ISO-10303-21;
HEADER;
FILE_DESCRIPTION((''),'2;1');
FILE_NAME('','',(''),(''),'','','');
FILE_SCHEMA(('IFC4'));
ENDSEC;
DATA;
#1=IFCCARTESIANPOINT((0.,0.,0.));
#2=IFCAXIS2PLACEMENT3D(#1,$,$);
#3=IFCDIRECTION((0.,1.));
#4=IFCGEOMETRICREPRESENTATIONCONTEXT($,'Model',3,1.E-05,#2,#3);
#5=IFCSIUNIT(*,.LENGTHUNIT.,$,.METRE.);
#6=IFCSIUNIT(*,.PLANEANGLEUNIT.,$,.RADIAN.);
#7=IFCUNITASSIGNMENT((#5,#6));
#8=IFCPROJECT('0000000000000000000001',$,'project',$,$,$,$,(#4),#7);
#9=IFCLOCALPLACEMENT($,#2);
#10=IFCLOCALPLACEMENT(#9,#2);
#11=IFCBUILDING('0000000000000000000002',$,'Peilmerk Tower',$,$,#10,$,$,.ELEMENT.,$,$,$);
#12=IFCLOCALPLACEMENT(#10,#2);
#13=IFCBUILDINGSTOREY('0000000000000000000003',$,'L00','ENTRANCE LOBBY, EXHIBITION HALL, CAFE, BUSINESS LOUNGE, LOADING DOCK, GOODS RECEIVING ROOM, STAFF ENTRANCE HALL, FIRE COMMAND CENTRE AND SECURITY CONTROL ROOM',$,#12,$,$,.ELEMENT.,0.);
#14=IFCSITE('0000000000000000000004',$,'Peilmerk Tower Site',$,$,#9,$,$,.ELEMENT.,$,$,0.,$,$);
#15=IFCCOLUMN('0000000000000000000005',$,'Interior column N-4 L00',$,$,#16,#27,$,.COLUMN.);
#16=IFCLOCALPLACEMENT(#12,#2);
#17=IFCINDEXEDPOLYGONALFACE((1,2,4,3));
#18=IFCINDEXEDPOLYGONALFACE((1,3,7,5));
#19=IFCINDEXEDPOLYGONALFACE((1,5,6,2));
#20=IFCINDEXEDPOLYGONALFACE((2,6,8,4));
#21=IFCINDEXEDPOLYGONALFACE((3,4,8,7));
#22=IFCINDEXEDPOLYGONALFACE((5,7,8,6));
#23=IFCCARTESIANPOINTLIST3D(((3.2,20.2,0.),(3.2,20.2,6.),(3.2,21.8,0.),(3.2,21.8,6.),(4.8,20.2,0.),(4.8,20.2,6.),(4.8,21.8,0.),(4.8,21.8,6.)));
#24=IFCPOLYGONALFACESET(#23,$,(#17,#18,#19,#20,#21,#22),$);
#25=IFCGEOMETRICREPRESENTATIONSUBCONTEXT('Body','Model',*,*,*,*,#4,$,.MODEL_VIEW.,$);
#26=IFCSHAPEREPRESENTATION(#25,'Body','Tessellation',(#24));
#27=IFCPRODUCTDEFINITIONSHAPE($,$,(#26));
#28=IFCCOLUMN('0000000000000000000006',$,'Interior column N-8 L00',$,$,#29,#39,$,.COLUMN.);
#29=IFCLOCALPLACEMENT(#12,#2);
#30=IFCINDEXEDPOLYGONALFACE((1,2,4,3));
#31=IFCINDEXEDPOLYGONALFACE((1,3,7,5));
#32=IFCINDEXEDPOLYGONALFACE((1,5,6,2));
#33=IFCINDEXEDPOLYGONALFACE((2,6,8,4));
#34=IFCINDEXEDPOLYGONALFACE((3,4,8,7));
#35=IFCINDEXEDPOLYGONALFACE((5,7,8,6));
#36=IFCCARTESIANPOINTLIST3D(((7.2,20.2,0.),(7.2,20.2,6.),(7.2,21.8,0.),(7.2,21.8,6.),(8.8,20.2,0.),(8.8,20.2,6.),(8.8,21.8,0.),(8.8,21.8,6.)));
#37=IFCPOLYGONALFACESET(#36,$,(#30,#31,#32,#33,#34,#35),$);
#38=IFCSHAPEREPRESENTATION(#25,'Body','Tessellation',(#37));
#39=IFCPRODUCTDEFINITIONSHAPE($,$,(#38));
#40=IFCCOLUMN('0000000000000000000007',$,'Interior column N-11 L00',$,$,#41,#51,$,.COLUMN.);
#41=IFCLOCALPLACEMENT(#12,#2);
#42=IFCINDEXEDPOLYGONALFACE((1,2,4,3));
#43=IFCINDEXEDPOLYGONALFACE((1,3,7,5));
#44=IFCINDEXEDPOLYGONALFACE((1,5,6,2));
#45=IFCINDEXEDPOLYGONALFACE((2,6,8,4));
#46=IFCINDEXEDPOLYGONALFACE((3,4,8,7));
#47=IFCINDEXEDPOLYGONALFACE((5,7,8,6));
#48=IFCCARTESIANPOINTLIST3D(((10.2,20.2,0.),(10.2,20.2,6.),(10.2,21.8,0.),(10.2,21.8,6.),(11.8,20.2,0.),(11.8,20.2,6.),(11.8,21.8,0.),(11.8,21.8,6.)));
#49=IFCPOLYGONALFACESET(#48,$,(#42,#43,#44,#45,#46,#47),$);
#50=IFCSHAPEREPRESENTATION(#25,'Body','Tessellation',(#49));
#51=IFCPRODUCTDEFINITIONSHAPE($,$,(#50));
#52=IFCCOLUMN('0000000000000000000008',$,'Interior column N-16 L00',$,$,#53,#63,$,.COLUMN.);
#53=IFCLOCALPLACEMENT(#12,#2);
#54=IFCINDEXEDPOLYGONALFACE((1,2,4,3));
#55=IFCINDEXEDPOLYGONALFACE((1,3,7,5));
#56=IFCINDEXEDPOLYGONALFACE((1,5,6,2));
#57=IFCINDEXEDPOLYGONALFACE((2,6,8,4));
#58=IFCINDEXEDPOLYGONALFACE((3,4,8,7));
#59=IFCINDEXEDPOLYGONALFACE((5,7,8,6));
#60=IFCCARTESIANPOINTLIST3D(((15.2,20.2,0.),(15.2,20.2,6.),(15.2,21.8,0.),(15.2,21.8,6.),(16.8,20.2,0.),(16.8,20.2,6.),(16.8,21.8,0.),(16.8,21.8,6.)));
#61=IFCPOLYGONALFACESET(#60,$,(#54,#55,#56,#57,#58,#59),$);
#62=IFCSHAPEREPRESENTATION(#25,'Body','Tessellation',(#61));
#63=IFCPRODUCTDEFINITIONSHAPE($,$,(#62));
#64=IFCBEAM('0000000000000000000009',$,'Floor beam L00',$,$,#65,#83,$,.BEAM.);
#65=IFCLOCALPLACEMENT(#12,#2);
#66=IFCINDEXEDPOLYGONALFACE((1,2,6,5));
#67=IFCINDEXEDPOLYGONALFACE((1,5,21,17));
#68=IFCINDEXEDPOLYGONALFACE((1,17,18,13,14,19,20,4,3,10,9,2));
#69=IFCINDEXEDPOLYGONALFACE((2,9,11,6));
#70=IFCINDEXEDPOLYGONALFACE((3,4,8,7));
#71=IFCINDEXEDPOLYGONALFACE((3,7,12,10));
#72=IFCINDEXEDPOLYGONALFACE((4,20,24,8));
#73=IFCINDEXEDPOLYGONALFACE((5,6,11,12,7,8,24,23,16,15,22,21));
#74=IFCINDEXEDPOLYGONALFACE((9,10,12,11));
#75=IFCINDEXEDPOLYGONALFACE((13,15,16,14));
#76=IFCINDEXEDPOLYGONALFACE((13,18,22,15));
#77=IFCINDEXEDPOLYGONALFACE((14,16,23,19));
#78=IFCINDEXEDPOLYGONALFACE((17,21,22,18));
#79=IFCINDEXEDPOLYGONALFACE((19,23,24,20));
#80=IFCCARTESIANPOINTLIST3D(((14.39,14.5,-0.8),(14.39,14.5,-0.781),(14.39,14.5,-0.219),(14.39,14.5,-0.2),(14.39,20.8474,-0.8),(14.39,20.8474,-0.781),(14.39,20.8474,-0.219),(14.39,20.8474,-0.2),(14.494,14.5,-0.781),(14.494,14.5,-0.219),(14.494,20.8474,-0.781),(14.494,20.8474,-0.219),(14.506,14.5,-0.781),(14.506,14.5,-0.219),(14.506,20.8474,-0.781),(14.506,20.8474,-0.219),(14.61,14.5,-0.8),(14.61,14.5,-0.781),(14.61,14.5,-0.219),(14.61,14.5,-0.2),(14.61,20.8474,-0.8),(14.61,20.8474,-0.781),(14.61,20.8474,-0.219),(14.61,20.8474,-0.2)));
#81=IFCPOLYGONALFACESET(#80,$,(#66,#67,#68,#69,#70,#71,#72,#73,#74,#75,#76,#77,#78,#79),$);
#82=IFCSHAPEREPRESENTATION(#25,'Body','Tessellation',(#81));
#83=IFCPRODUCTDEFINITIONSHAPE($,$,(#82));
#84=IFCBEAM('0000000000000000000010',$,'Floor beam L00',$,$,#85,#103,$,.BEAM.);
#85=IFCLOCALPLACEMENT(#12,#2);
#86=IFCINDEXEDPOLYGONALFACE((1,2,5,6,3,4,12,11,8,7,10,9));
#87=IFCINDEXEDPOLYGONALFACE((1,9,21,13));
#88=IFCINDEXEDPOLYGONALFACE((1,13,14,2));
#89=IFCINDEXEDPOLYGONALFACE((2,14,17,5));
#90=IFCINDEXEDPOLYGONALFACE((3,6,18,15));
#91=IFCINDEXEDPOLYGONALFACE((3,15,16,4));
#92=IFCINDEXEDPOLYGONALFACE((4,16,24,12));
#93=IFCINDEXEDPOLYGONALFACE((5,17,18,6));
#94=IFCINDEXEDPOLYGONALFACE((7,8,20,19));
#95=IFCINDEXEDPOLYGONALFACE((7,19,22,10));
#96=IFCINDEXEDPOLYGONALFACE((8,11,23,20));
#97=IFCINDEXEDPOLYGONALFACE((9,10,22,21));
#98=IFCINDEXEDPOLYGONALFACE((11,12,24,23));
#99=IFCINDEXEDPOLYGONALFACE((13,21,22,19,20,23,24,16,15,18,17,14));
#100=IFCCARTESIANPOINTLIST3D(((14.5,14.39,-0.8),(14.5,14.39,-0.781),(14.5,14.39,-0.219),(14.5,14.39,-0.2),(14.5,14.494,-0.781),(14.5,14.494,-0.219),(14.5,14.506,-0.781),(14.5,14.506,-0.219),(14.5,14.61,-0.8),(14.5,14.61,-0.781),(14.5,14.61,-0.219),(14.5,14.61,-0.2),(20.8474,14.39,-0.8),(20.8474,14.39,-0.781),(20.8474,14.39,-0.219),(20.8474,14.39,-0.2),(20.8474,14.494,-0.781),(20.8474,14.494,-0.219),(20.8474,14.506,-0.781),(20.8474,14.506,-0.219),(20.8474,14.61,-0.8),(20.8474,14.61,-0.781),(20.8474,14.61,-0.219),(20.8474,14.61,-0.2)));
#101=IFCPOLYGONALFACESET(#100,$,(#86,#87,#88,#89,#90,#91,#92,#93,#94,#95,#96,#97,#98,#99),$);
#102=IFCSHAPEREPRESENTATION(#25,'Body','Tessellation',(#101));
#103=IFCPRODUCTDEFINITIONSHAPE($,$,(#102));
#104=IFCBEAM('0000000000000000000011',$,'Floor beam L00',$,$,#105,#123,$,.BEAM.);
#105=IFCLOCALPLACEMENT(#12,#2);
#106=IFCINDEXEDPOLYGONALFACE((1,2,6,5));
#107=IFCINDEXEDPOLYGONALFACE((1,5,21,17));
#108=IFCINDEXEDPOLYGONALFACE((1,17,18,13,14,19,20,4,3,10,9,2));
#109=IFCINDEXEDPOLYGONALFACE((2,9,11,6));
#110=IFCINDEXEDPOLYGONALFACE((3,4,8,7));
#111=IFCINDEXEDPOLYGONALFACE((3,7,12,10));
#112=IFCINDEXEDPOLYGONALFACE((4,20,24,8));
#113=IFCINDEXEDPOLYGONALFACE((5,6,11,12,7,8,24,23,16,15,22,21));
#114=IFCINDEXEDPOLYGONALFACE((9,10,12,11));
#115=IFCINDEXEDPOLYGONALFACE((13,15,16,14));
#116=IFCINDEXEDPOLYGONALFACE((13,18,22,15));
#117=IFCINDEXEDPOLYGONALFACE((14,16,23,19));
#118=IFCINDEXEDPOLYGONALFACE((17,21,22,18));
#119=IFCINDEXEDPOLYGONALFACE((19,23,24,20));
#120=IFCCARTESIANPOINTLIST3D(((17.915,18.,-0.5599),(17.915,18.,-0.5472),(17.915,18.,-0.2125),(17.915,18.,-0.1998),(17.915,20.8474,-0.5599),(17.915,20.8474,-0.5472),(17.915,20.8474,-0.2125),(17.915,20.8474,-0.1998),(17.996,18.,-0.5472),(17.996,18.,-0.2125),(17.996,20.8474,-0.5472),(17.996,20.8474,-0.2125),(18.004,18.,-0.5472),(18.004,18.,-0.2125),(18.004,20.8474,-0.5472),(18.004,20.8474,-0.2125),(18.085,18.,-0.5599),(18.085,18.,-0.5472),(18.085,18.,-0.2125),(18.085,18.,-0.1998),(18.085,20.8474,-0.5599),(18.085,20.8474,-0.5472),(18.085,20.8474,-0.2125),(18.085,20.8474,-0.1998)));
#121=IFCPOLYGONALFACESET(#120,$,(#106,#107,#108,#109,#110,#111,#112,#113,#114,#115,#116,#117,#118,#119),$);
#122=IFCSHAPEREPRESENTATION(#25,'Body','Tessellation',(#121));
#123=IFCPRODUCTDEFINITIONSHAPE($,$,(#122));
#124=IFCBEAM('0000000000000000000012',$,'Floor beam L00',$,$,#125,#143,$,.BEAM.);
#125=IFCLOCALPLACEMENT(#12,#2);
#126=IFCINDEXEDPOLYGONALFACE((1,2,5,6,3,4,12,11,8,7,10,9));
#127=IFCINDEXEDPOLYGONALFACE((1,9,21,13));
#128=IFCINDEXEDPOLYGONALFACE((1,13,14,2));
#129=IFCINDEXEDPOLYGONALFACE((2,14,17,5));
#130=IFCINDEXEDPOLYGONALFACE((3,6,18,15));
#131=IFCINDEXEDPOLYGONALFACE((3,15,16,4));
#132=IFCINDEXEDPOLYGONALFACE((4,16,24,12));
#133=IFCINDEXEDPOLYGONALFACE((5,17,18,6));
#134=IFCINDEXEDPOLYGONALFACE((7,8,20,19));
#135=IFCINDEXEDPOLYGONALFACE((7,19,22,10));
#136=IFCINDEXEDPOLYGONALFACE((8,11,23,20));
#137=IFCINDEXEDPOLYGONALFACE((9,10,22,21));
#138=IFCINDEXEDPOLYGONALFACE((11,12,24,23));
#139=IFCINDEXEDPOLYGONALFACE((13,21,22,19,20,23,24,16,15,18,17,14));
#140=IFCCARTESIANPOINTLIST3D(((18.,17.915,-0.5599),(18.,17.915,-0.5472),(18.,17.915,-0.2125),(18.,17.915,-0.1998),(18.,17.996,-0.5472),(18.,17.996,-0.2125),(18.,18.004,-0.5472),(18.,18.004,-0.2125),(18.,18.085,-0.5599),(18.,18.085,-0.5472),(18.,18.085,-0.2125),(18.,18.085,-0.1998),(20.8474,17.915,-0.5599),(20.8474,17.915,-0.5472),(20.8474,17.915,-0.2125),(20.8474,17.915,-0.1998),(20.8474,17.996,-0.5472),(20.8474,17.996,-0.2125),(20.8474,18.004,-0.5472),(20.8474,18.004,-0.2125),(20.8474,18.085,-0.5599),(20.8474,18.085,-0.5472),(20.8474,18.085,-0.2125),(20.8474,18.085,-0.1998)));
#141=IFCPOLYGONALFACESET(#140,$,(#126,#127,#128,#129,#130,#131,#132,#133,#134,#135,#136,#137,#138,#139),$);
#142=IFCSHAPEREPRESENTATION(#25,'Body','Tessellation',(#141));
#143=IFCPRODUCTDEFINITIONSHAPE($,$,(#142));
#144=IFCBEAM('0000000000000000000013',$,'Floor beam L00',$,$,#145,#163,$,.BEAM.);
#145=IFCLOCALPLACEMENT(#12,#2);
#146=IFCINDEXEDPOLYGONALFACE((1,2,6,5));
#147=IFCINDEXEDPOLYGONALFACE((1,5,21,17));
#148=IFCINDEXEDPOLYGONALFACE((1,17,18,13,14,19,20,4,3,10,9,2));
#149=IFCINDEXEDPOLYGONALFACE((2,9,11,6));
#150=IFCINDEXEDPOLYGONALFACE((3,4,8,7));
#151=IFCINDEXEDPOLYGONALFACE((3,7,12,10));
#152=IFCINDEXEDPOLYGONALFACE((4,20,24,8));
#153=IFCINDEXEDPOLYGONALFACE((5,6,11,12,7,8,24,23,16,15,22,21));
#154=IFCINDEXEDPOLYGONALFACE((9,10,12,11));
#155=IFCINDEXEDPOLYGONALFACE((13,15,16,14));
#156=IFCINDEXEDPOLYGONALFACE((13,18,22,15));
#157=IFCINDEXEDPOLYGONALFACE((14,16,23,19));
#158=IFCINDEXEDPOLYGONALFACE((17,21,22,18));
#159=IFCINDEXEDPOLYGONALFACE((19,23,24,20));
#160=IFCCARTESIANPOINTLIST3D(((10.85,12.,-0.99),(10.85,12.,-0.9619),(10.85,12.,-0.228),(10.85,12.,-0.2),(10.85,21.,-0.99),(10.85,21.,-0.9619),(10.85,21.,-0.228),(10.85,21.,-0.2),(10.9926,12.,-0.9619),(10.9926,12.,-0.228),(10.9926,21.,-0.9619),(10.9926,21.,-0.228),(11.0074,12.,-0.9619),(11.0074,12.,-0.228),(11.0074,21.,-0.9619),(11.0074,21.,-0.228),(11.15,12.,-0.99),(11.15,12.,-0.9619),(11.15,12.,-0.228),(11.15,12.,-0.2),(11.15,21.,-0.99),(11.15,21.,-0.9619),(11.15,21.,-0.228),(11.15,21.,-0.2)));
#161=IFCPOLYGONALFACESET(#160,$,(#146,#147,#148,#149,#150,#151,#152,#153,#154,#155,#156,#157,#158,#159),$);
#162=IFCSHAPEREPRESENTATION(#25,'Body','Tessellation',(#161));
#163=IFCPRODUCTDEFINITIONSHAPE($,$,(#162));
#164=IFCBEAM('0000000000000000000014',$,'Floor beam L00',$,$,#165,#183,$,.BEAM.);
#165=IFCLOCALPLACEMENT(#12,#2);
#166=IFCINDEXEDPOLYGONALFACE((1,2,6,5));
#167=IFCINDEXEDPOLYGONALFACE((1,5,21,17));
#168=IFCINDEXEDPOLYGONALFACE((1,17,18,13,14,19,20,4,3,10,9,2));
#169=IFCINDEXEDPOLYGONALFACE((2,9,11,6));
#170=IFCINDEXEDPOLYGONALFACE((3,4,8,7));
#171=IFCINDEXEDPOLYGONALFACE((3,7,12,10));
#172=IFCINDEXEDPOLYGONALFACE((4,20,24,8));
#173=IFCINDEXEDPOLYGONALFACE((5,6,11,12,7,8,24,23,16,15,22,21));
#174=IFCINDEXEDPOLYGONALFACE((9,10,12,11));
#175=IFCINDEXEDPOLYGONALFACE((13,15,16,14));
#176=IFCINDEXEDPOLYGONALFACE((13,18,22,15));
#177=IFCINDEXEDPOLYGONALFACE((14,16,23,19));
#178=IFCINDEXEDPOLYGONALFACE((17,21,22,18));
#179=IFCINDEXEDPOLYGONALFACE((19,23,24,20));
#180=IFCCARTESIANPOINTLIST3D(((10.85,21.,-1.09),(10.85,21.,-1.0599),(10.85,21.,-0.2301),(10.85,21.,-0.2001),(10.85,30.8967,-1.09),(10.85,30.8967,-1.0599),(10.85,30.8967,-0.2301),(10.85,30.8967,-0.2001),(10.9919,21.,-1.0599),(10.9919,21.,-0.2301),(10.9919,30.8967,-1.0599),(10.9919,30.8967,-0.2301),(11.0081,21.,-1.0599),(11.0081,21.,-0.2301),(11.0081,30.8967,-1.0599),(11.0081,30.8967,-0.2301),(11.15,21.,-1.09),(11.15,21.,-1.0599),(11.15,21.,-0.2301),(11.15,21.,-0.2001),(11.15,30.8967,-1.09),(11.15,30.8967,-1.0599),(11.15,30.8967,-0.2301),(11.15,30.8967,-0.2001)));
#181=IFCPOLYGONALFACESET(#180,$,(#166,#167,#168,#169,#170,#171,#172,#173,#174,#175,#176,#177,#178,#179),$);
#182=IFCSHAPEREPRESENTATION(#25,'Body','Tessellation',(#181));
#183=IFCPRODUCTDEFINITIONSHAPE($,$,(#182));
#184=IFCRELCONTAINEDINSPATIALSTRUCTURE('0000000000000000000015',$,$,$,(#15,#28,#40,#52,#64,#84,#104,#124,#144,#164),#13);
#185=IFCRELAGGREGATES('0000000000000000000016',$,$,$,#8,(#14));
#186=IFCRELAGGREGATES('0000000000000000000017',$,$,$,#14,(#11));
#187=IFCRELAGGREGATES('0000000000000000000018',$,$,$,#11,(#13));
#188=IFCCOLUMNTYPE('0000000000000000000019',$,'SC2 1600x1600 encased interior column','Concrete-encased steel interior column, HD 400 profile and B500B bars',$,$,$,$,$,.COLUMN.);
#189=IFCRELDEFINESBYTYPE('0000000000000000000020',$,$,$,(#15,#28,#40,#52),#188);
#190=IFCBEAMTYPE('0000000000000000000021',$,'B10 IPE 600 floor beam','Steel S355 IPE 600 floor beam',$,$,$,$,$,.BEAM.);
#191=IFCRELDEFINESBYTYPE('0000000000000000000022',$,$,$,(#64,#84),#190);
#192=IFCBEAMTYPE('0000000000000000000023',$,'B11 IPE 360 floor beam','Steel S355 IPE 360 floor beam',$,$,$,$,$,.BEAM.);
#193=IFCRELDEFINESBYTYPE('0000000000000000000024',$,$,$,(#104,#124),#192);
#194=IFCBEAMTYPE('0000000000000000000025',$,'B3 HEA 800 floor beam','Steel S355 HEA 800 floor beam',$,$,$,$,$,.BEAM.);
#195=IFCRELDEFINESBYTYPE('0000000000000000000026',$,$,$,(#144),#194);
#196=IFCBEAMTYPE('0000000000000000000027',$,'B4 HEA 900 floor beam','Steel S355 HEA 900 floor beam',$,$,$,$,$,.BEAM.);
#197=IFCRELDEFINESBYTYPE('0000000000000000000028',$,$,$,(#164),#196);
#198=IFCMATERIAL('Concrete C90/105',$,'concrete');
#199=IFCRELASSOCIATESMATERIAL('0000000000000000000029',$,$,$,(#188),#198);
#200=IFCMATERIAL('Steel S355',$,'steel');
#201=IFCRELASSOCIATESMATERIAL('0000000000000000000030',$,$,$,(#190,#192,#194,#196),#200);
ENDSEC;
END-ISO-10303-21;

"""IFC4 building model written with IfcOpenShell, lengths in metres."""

from ifc_helpers import new_model, si_unit, direction, frame, origin, origin_2d, place, context, subcontext, project, spatial, rectangle, i_section, extrude, material, material_profile, profile_set, type_object, element, save


model = new_model("IFC4")

# Units and contexts
model_context = context("Model", 3, precision=1e-05, world=origin(), true_north=direction((0.0, 1.0)))
body_context = subcontext(model_context, "Body", "Model", "MODEL_VIEW")
ifc_project = project(units=[si_unit("LENGTHUNIT", "METRE"), si_unit("PLANEANGLEUNIT", "RADIAN")], contexts=[model_context])

# Site, building, storey
site_placement = place(None, origin())
site = spatial("IfcSite", under=ifc_project, at=site_placement, Name="Peilmerk Tower Site", CompositionType="ELEMENT", RefElevation=0.0)
building_placement = place(site_placement, origin())
building = spatial("IfcBuilding", under=site, at=building_placement, Name="Peilmerk Tower", CompositionType="ELEMENT")
storey_placement = place(building_placement, origin())
storey = spatial("IfcBuildingStorey", under=building, at=storey_placement, Name="L00", Description="ENTRANCE LOBBY, EXHIBITION HALL, CAFE, BUSINESS LOUNGE, LOADING DOCK, GOODS RECEIVING ROOM, STAFF ENTRANCE HALL, FIRE COMMAND CENTRE AND SECURITY CONTROL ROOM", CompositionType="ELEMENT", Elevation=0.0)

# Columns
ifc_material_1 = material(Name="Concrete C90/105", Category="concrete")
ifc_material_profile_1 = material_profile(ifc_material_1, rectangle(XDim=1.6001, YDim=1.6001, at=origin_2d()), Name="RC 1600x1600")
ifc_profile_set_1 = profile_set([ifc_material_profile_1], Name="Concrete C90/105")
column_type = type_object("IfcColumnType", Name="SC2 1600x1600 encased interior column", Description="Concrete-encased steel interior column, HD 400 profile and B500B bars", PredefinedType="COLUMN", material=ifc_profile_set_1)
for number, where, z_axis, x_axis, name in (
    (1, (4.0, 21.0, 0.0), (0.0, 0.0, 1.0), (1.0, 0.0, 0.0), "Interior column N-4 L00"),
    (2, (8.0, 21.0, 0.0), (0.0, 0.0, 1.0), (1.0, 0.0, 0.0), "Interior column N-8 L00"),
    (3, (11.0, 21.0, 0.0), (0.0, 0.0, 1.0), (1.0, 0.0, 0.0), "Interior column N-11 L00"),
    (4, (16.0, 21.0, 0.0), (0.0, 0.0, 1.0), (1.0, 0.0, 0.0), "Interior column N-16 L00"),
):
    element("IfcColumn", number, at=place(storey_placement, frame(where, z_axis=z_axis, x_axis=x_axis)), inside=storey, type_object=column_type, Name=name, PredefinedType="COLUMN", context=body_context, shape_type="SweptSolid", body=[
        extrude(rectangle(XDim=1.6001, YDim=1.6001, at=origin_2d()), origin(), (0.0, 0.0, 1.0), 6.0),
    ])

# Beams
ifc_material_2 = material(Name="Steel S355", Category="steel")
ifc_material_profile_2 = material_profile(ifc_material_2, i_section(OverallWidth=0.22, OverallDepth=0.6001, WebThickness=0.012, FlangeThickness=0.019, at=origin_2d()), Name="IPE 600")
ifc_profile_set_2 = profile_set([ifc_material_profile_2], Name="Steel S355")
beam_type_1 = type_object("IfcBeamType", Name="B10 IPE 600 floor beam", Description="Steel S355 IPE 600 floor beam", PredefinedType="BEAM", material=ifc_profile_set_2)
for number, where, z_axis, x_axis, name in (
    (5, (14.5, 14.5, -0.5), (0.0, 1.0, 0.0), (-1.0, 0.0, 0.0), "Floor beam L00"),
    (6, (14.5, 14.5, -0.5), (1.0, 0.0, 0.0), (0.0, 1.0, 0.0), "Floor beam L00"),
):
    element("IfcBeam", number, at=place(storey_placement, frame(where, z_axis=z_axis, x_axis=x_axis)), inside=storey, type_object=beam_type_1, Name=name, PredefinedType="BEAM", context=body_context, shape_type="SweptSolid", body=[
        extrude(i_section(OverallWidth=0.22, OverallDepth=0.6001, WebThickness=0.012, FlangeThickness=0.019, at=origin_2d()), origin(), (0.0, 0.0, 1.0), 6.3474),
    ])
ifc_material_profile_3 = material_profile(ifc_material_2, i_section(OverallWidth=0.1699, OverallDepth=0.3601, WebThickness=0.0081, FlangeThickness=0.0127, at=origin_2d()), Name="IPE 360")
ifc_profile_set_3 = profile_set([ifc_material_profile_3], Name="Steel S355")
beam_type_2 = type_object("IfcBeamType", Name="B11 IPE 360 floor beam", Description="Steel S355 IPE 360 floor beam", PredefinedType="BEAM", material=ifc_profile_set_3)
for number, where, z_axis, x_axis, name in (
    (7, (18.0, 18.0, -0.3799), (0.0, 1.0, 0.0), (-1.0, 0.0, 0.0), "Floor beam L00"),
    (8, (18.0, 18.0, -0.3799), (1.0, 0.0, 0.0), (0.0, 1.0, 0.0), "Floor beam L00"),
):
    element("IfcBeam", number, at=place(storey_placement, frame(where, z_axis=z_axis, x_axis=x_axis)), inside=storey, type_object=beam_type_2, Name=name, PredefinedType="BEAM", context=body_context, shape_type="SweptSolid", body=[
        extrude(i_section(OverallWidth=0.1699, OverallDepth=0.3601, WebThickness=0.0081, FlangeThickness=0.0127, at=origin_2d()), origin(), (0.0, 0.0, 1.0), 2.8474),
    ])
ifc_material_profile_4 = material_profile(ifc_material_2, i_section(OverallWidth=0.3, OverallDepth=0.79, WebThickness=0.0149, FlangeThickness=0.0281, at=origin_2d()), Name="HEA 800")
ifc_profile_set_4 = profile_set([ifc_material_profile_4], Name="Steel S355")
beam_type_3 = type_object("IfcBeamType", Name="B3 HEA 800 floor beam", Description="Steel S355 HEA 800 floor beam", PredefinedType="BEAM", material=ifc_profile_set_4)
beam_1_placement = place(storey_placement, frame((11.0, 12.0, -0.595), z_axis=(0.0, 1.0, 0.0), x_axis=(-1.0, 0.0, 0.0)))
element("IfcBeam", 9, at=beam_1_placement, inside=storey, type_object=beam_type_3, Name="Floor beam L00", PredefinedType="BEAM", context=body_context, shape_type="SweptSolid", body=[
    extrude(i_section(OverallWidth=0.3, OverallDepth=0.79, WebThickness=0.0149, FlangeThickness=0.0281, at=origin_2d()), origin(), (0.0, 0.0, 1.0), 9.0),
])
ifc_material_profile_5 = material_profile(ifc_material_2, i_section(OverallWidth=0.3, OverallDepth=0.8899, WebThickness=0.0161, FlangeThickness=0.03, at=origin_2d()), Name="HEA 900")
ifc_profile_set_5 = profile_set([ifc_material_profile_5], Name="Steel S355")
beam_type_4 = type_object("IfcBeamType", Name="B4 HEA 900 floor beam", Description="Steel S355 HEA 900 floor beam", PredefinedType="BEAM", material=ifc_profile_set_5)
for number, where, z_axis, x_axis, name in (
    (10, (11.0, 21.0, -0.645), (0.0, 1.0, 0.0), (-1.0, 0.0, 0.0), "Floor beam L00"),
):
    element("IfcBeam", number, at=place(storey_placement, frame(where, z_axis=z_axis, x_axis=x_axis)), inside=storey, type_object=beam_type_4, Name=name, PredefinedType="BEAM", context=body_context, shape_type="SweptSolid", body=[
        extrude(i_section(OverallWidth=0.3, OverallDepth=0.8899, WebThickness=0.0161, FlangeThickness=0.03, at=origin_2d()), origin(), (0.0, 0.0, 1.0), 9.8967),
    ])

save(model, "model.ifc")
